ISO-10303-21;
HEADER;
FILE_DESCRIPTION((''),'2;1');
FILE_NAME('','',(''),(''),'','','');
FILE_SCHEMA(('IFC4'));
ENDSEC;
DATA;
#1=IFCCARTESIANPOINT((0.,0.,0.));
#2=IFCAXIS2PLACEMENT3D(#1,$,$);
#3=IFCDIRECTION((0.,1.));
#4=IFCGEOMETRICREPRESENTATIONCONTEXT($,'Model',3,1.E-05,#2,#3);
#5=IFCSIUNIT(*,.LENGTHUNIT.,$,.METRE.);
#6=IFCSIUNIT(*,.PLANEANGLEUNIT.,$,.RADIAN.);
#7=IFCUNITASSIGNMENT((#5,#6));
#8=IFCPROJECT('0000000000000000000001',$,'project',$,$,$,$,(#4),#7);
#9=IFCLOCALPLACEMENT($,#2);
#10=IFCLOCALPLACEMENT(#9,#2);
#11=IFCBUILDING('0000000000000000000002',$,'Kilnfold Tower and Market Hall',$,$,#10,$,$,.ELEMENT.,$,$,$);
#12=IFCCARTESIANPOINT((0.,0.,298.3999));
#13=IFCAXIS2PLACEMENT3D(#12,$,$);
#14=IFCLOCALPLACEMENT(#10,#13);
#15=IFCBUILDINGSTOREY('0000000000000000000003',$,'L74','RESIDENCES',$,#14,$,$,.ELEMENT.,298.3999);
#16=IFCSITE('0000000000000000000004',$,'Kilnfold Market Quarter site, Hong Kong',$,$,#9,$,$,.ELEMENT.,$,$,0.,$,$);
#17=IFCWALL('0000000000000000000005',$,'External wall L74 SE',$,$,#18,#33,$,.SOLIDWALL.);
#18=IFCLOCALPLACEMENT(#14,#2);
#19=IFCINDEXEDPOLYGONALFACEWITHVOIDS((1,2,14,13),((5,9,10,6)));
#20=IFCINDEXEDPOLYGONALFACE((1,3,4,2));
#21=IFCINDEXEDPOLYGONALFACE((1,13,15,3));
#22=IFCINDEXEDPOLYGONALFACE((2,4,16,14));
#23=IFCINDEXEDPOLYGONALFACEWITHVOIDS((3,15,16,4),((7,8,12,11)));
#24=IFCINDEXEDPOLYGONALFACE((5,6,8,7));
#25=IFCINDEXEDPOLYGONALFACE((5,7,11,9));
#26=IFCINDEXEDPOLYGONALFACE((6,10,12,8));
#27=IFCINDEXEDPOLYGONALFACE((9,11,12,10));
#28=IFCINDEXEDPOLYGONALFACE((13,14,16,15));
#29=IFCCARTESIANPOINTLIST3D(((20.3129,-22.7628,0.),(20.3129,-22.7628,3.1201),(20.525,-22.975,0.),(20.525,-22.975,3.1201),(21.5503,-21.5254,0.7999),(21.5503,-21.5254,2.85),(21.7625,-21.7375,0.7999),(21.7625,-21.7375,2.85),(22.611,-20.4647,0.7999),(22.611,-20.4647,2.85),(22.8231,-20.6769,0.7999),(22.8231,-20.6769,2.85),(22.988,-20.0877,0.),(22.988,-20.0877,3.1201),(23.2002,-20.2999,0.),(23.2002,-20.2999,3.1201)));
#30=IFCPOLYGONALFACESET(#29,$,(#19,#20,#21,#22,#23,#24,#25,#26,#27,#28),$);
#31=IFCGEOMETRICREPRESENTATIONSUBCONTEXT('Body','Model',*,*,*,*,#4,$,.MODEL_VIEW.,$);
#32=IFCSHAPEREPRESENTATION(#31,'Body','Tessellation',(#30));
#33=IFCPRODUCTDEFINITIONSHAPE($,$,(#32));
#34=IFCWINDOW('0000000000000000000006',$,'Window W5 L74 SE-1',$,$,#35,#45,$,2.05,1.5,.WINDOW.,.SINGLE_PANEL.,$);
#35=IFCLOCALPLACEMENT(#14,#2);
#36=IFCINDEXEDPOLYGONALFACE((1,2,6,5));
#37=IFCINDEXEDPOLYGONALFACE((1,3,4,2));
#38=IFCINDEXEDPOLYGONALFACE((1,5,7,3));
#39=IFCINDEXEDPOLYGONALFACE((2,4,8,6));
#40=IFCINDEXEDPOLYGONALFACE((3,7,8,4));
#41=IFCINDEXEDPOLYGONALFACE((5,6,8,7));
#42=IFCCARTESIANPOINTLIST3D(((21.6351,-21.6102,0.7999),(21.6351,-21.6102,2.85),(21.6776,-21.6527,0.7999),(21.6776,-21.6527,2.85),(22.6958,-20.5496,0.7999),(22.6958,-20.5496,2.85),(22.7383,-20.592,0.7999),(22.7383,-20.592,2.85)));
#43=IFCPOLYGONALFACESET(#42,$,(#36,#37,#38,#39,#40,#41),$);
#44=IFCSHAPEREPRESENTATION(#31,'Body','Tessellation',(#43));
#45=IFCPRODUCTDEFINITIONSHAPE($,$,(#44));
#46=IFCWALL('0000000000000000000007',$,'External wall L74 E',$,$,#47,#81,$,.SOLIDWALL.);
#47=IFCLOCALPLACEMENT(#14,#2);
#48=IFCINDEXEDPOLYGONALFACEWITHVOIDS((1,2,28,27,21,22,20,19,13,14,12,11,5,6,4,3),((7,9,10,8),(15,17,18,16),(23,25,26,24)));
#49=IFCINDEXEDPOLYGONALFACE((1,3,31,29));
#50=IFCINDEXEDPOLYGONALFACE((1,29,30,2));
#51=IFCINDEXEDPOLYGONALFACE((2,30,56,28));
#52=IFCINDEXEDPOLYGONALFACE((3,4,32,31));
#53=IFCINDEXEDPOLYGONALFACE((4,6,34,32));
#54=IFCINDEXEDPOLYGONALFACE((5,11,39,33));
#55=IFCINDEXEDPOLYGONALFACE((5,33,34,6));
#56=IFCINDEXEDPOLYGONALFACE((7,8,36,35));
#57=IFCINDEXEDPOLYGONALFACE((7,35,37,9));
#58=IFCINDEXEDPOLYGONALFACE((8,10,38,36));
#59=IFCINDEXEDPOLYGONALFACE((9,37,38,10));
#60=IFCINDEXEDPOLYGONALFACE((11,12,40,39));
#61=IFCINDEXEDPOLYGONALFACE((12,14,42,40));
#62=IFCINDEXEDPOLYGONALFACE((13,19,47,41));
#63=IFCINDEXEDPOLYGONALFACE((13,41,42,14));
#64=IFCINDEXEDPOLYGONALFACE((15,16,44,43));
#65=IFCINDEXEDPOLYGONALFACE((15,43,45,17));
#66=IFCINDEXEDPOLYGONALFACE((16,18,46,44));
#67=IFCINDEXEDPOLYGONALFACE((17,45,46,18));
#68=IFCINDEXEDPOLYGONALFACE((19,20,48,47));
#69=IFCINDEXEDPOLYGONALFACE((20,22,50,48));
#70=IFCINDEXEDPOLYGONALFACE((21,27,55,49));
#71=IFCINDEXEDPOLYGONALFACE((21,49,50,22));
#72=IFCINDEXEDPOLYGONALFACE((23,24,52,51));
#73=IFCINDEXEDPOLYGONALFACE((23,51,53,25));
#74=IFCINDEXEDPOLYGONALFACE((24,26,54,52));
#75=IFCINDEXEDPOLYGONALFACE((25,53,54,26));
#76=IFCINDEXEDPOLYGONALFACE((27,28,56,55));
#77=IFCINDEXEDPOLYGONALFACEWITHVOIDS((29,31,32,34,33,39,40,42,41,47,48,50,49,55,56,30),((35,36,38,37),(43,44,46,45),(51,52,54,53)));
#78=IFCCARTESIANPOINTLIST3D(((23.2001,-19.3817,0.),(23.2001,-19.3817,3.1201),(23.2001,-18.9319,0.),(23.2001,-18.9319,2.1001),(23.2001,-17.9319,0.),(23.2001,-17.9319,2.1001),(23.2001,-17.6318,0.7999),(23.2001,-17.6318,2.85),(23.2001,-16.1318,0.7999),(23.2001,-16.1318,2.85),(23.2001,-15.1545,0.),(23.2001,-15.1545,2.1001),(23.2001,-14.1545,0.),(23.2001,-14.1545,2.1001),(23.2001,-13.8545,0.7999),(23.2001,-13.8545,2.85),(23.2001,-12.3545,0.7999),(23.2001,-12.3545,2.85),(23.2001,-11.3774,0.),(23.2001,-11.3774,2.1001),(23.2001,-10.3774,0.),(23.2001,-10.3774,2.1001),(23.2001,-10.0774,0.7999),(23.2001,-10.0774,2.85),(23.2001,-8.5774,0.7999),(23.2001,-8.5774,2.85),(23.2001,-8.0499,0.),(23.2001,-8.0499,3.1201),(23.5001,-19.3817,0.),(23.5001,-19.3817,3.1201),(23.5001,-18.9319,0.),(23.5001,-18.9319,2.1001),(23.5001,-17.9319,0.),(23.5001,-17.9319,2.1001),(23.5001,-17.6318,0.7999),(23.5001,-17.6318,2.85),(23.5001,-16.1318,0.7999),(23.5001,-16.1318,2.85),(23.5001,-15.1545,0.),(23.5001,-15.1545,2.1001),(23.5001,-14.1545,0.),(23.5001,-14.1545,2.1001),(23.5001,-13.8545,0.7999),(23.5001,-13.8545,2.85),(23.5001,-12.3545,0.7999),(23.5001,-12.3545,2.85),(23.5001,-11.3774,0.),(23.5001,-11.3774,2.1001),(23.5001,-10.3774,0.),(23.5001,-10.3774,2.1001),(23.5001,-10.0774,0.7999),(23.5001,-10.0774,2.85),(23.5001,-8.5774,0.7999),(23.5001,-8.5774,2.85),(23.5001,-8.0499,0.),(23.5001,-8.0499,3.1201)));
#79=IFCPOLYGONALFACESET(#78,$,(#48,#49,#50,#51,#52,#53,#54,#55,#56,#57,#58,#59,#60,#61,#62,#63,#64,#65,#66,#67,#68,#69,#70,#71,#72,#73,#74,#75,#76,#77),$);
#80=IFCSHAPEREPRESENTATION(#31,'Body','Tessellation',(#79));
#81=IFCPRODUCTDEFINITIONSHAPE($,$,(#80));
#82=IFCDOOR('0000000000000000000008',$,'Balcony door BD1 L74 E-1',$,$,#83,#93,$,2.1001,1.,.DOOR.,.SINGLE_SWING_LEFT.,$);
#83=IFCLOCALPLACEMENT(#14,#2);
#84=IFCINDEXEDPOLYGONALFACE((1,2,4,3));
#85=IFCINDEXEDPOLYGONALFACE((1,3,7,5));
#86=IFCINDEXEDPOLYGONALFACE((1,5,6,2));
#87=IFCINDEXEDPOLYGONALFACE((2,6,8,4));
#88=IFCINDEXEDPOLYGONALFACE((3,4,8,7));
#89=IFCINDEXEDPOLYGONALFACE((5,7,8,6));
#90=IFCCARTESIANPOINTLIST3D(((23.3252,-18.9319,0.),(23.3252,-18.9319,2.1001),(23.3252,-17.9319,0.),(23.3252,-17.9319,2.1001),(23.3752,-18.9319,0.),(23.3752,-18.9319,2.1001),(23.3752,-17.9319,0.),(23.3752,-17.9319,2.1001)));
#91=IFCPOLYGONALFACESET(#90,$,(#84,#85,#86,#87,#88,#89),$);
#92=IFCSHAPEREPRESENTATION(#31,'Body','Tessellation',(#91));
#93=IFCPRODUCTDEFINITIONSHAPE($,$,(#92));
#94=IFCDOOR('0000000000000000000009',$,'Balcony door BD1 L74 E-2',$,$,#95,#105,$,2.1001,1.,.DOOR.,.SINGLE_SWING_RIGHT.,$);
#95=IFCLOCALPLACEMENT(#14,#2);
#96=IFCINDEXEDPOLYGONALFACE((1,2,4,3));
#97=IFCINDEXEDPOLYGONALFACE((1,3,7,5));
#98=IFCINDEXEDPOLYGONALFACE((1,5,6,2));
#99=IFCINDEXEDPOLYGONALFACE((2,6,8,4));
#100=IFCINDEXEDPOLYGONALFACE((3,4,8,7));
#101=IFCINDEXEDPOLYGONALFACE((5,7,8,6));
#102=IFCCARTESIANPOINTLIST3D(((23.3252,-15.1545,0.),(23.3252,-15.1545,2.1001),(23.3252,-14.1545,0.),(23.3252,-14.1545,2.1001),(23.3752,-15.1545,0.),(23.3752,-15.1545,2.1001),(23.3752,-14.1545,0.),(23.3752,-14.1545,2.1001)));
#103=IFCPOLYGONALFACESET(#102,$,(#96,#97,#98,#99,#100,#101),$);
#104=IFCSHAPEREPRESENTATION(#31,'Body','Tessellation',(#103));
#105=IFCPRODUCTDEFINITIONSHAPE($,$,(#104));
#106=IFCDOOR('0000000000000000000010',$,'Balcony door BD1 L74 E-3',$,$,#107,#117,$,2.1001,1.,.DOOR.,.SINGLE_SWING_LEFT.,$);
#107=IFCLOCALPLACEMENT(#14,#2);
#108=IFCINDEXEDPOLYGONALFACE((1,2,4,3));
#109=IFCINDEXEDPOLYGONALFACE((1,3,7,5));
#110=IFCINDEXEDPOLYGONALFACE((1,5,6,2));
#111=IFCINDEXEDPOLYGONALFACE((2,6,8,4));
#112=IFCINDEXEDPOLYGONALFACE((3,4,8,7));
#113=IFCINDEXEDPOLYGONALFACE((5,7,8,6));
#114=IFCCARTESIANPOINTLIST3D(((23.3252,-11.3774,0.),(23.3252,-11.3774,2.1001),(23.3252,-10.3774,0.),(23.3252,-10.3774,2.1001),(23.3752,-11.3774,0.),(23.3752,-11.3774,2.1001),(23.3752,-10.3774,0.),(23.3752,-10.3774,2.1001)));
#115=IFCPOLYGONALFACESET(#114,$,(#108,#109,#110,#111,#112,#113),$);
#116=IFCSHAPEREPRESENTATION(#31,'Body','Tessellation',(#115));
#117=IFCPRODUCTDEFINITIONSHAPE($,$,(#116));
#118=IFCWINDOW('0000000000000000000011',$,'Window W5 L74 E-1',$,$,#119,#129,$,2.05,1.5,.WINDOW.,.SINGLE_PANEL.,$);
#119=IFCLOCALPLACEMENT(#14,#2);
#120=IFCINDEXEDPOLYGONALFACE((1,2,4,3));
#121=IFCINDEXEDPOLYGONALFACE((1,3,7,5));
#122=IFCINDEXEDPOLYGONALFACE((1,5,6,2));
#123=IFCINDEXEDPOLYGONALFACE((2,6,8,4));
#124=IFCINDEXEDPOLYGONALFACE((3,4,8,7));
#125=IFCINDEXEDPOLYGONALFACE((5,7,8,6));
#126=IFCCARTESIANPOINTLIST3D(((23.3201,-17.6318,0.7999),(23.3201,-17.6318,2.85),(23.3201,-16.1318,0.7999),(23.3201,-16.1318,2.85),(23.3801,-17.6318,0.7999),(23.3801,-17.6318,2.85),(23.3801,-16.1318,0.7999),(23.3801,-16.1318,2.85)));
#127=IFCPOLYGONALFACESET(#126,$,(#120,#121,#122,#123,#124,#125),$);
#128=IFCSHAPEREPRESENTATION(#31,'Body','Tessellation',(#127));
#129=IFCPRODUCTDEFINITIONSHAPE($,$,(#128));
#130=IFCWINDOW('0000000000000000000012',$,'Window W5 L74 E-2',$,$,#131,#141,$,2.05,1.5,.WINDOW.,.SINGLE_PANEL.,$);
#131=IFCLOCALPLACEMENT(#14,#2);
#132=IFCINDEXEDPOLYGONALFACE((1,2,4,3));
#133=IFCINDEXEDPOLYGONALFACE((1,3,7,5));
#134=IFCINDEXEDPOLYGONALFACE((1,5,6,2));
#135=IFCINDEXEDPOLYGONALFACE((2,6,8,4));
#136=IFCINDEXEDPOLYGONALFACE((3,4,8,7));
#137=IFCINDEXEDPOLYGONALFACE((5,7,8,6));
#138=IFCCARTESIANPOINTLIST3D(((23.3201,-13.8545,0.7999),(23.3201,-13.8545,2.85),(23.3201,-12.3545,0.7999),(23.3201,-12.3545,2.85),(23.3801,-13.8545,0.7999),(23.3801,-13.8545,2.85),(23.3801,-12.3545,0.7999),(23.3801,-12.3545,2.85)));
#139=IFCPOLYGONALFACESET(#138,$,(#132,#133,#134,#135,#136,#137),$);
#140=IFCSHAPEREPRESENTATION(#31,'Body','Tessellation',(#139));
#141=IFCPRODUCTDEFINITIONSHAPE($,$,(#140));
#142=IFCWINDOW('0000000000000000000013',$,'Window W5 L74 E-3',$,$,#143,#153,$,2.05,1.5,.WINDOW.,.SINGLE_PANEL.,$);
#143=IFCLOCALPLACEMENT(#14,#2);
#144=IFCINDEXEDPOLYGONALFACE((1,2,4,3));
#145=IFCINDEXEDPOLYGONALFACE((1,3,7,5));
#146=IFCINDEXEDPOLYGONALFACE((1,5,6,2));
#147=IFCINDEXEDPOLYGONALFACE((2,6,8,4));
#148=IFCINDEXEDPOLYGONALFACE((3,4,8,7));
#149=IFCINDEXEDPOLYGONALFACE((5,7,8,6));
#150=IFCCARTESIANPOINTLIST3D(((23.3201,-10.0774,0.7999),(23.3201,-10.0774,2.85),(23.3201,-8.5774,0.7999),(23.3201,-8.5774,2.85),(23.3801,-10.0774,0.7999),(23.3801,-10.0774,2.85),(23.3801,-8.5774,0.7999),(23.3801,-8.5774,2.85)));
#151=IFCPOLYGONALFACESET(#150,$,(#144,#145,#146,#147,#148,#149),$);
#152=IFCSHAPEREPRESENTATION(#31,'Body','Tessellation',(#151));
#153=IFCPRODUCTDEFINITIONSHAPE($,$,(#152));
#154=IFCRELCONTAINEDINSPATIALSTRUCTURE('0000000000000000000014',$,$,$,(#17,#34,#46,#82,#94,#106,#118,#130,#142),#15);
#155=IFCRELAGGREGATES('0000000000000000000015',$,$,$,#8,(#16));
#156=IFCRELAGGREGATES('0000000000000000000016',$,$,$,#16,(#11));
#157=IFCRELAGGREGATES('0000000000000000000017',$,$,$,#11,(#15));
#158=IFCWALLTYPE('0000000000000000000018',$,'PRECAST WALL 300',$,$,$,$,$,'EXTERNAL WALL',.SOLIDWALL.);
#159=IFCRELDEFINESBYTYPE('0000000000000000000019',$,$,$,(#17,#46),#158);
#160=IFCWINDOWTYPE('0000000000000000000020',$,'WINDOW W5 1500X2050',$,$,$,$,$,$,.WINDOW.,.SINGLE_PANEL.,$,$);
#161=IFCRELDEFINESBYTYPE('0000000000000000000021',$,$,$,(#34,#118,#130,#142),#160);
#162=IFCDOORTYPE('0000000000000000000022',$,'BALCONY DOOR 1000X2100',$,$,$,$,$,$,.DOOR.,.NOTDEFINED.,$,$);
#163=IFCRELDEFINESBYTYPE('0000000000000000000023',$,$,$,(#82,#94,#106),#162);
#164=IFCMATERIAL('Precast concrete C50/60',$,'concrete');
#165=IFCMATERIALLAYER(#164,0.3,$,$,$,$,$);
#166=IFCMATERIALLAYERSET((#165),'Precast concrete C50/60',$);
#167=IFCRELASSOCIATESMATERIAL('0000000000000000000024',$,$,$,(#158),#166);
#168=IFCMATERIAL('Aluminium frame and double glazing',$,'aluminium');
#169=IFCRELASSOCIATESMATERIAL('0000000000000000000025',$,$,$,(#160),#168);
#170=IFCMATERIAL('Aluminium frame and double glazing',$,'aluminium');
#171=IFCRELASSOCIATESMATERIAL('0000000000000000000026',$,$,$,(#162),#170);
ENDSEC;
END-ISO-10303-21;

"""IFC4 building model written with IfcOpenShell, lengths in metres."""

from ifc_helpers import new_model, si_unit, direction, frame, frame_2d, origin, place, context, subcontext, project, spatial, rectangle, extrude, source, transform, mapped, material, layer, layer_set, type_object, element, fill, save


model = new_model("IFC4")

# Units and contexts
model_context = context("Model", 3, precision=1e-05, world=origin(), true_north=direction((0.0, 1.0)))
body_context = subcontext(model_context, "Body", "Model", "MODEL_VIEW")
ifc_project = project(units=[si_unit("LENGTHUNIT", "METRE"), si_unit("PLANEANGLEUNIT", "RADIAN")], contexts=[model_context])

# Site, building, storey
site_placement = place(None, origin())
site = spatial("IfcSite", under=ifc_project, at=site_placement, Name="Kilnfold Market Quarter site, Hong Kong", CompositionType="ELEMENT", RefElevation=0.0)
building_placement = place(site_placement, origin())
building = spatial("IfcBuilding", under=site, at=building_placement, Name="Kilnfold Tower and Market Hall", CompositionType="ELEMENT")
storey_placement = place(building_placement, frame((0.0, 0.0, 298.3999)))
storey = spatial("IfcBuildingStorey", under=building, at=storey_placement, Name="L74", Description="RESIDENCES", CompositionType="ELEMENT", Elevation=298.3999)

# Wall, opening, window
ifc_material_1 = material(Name="Precast concrete C50/60", Category="concrete")
ifc_layer_1 = layer(ifc_material_1, 0.3)
ifc_layer_set_1 = layer_set([ifc_layer_1], Name="Precast concrete C50/60")
wall_type_1 = type_object("IfcWallType", Name="PRECAST WALL 300", ElementType="EXTERNAL WALL", PredefinedType="SOLIDWALL", material=ifc_layer_set_1)
shared_shape_1 = source(origin(), body_context, "Body", "SweptSolid", [
    extrude(rectangle(XDim=3.7832, YDim=0.3, at=frame_2d((1.8916, 0.0))), origin(), (0.0, 0.0, 1.0), 3.1201),
])
wall_1_placement = place(storey_placement, frame((20.4189, -22.8689, 0.0), z_axis=(0.0, 0.0, 1.0), x_axis=(0.707107, 0.707107, 0.0)))
wall_1 = element("IfcWall", 1, at=wall_1_placement, inside=storey, type_object=wall_type_1, Name="External wall L74 SE", PredefinedType="SOLIDWALL", context=body_context, shape_type="MappedRepresentation", body=[
    mapped(shared_shape_1, transform((0.0, 0.0, 0.0))),
])
opening_1_placement = place(wall_1_placement, frame((1.75, 0.0, 0.8)))
opening_1 = element("IfcOpeningElement", 2, at=opening_1_placement, cuts=wall_1, PredefinedType="OPENING", context=body_context, shape_type="SweptSolid", body=[
    extrude(rectangle(XDim=1.5, YDim=2.05, at=frame_2d((0.75, 1.0249))), frame((0.0, 0.1602, 0.0), z_axis=(0.0, -1.0, 0.0), x_axis=(1.0, 0.0, 0.0)), (0.0, 0.0, 1.0), 0.3201),
])
ifc_material_2 = material(Name="Aluminium frame and double glazing", Category="aluminium")
window_type = type_object("IfcWindowType", Name="WINDOW W5 1500X2050", PartitioningType="SINGLE_PANEL", PredefinedType="WINDOW", material=ifc_material_2)
window_1_placement = place(opening_1_placement, origin())
window_1 = element("IfcWindow", 3, at=window_1_placement, inside=storey, type_object=window_type, Name="Window W5 L74 SE-1", OverallHeight=2.05, OverallWidth=1.5, PartitioningType="SINGLE_PANEL", PredefinedType="WINDOW", context=body_context, shape_type="SweptSolid", body=[
    extrude(rectangle(XDim=1.5, YDim=2.05, at=frame_2d((0.75, 1.0249))), frame((0.0, 0.03, 0.0), z_axis=(0.0, -1.0, 0.0), x_axis=(1.0, 0.0, 0.0)), (0.0, 0.0, 1.0), 0.0601),
])
fill(opening_1, window_1)

# Wall, openings, doors, windows
shared_shape_2 = source(origin(), body_context, "Body", "SweptSolid", [
    extrude(rectangle(XDim=11.3318, YDim=0.3, at=frame_2d((5.666, 0.0))), origin(), (0.0, 0.0, 1.0), 3.1201),
])
wall_2_placement = place(storey_placement, frame((23.3501, -19.3818, 0.0), z_axis=(0.0, 0.0, 1.0), x_axis=(0.0, 1.0, 0.0)))
wall_2 = element("IfcWall", 4, at=wall_2_placement, inside=storey, type_object=wall_type_1, Name="External wall L74 E", PredefinedType="SOLIDWALL", context=body_context, shape_type="MappedRepresentation", body=[
    mapped(shared_shape_2, transform((0.0, 0.0, 0.0))),
])
opening_2_placement = place(wall_2_placement, frame((1.75, 0.0, 0.8)))
opening_2 = element("IfcOpeningElement", 5, at=opening_2_placement, cuts=wall_2, PredefinedType="OPENING", context=body_context, shape_type="SweptSolid", body=[
    extrude(rectangle(XDim=1.5, YDim=2.05, at=frame_2d((0.75, 1.0249))), frame((0.0, 0.1602, 0.0), z_axis=(0.0, -1.0, 0.0), x_axis=(1.0, 0.0, 0.0)), (0.0, 0.0, 1.0), 0.3201),
])
opening_3_placement = place(wall_2_placement, frame((0.45, 0.0, 0.0)))
opening_3 = element("IfcOpeningElement", 6, at=opening_3_placement, cuts=wall_2, PredefinedType="OPENING", context=body_context, shape_type="SweptSolid", body=[
    extrude(rectangle(XDim=1.0, YDim=2.1001, at=frame_2d((0.5, 1.05))), frame((0.0, 0.1602, 0.0), z_axis=(0.0, -1.0, 0.0), x_axis=(1.0, 0.0, 0.0)), (0.0, 0.0, 1.0), 0.3201),
])
opening_4_placement = place(wall_2_placement, frame((5.5273, 0.0, 0.8)))
opening_4 = element("IfcOpeningElement", 7, at=opening_4_placement, cuts=wall_2, PredefinedType="OPENING", context=body_context, shape_type="SweptSolid", body=[
    extrude(rectangle(XDim=1.5, YDim=2.05, at=frame_2d((0.75, 1.0249))), frame((0.0, 0.1602, 0.0), z_axis=(0.0, -1.0, 0.0), x_axis=(1.0, 0.0, 0.0)), (0.0, 0.0, 1.0), 0.3201),
])
opening_5_placement = place(wall_2_placement, frame((4.2273, 0.0, 0.0)))
opening_5 = element("IfcOpeningElement", 8, at=opening_5_placement, cuts=wall_2, PredefinedType="OPENING", context=body_context, shape_type="SweptSolid", body=[
    extrude(rectangle(XDim=1.0, YDim=2.1001, at=frame_2d((0.5, 1.05))), frame((0.0, 0.1602, 0.0), z_axis=(0.0, -1.0, 0.0), x_axis=(1.0, 0.0, 0.0)), (0.0, 0.0, 1.0), 0.3201),
])
opening_6_placement = place(wall_2_placement, frame((9.3044, 0.0, 0.8)))
opening_6 = element("IfcOpeningElement", 9, at=opening_6_placement, cuts=wall_2, PredefinedType="OPENING", context=body_context, shape_type="SweptSolid", body=[
    extrude(rectangle(XDim=1.5, YDim=2.05, at=frame_2d((0.75, 1.0249))), frame((0.0, 0.1602, 0.0), z_axis=(0.0, -1.0, 0.0), x_axis=(1.0, 0.0, 0.0)), (0.0, 0.0, 1.0), 0.3201),
])
opening_7_placement = place(wall_2_placement, frame((8.0044, 0.0, 0.0)))
opening_7 = element("IfcOpeningElement", 10, at=opening_7_placement, cuts=wall_2, PredefinedType="OPENING", context=body_context, shape_type="SweptSolid", body=[
    extrude(rectangle(XDim=1.0, YDim=2.1001, at=frame_2d((0.5, 1.05))), frame((0.0, 0.1602, 0.0), z_axis=(0.0, -1.0, 0.0), x_axis=(1.0, 0.0, 0.0)), (0.0, 0.0, 1.0), 0.3201),
])
ifc_material_3 = material(Name="Aluminium frame and double glazing", Category="aluminium")
door_type_1 = type_object("IfcDoorType", Name="BALCONY DOOR 1000X2100", OperationType="NOTDEFINED", PredefinedType="DOOR", material=ifc_material_3)
door_1_placement = place(opening_3_placement, origin())
door_1 = element("IfcDoor", 11, at=door_1_placement, inside=storey, type_object=door_type_1, Name="Balcony door BD1 L74 E-1", OperationType="SINGLE_SWING_LEFT", OverallHeight=2.1001, OverallWidth=1.0, PredefinedType="DOOR", context=body_context, shape_type="SweptSolid", body=[
    extrude(rectangle(XDim=1.0, YDim=2.1001, at=frame_2d((0.5, 1.05))), frame((0.0, 0.0249, 0.0), z_axis=(0.0, -1.0, 0.0), x_axis=(1.0, 0.0, 0.0)), (0.0, 0.0, 1.0), 0.05),
])
fill(opening_3, door_1)
door_2_placement = place(opening_5_placement, origin())
door_2 = element("IfcDoor", 12, at=door_2_placement, inside=storey, type_object=door_type_1, Name="Balcony door BD1 L74 E-2", OperationType="SINGLE_SWING_RIGHT", OverallHeight=2.1001, OverallWidth=1.0, PredefinedType="DOOR", context=body_context, shape_type="SweptSolid", body=[
    extrude(rectangle(XDim=1.0, YDim=2.1001, at=frame_2d((0.5, 1.05))), frame((0.0, 0.0249, 0.0), z_axis=(0.0, -1.0, 0.0), x_axis=(1.0, 0.0, 0.0)), (0.0, 0.0, 1.0), 0.05),
])
fill(opening_5, door_2)
door_3_placement = place(opening_7_placement, origin())
door_3 = element("IfcDoor", 13, at=door_3_placement, inside=storey, type_object=door_type_1, Name="Balcony door BD1 L74 E-3", OperationType="SINGLE_SWING_LEFT", OverallHeight=2.1001, OverallWidth=1.0, PredefinedType="DOOR", context=body_context, shape_type="SweptSolid", body=[
    extrude(rectangle(XDim=1.0, YDim=2.1001, at=frame_2d((0.5, 1.05))), frame((0.0, 0.0249, 0.0), z_axis=(0.0, -1.0, 0.0), x_axis=(1.0, 0.0, 0.0)), (0.0, 0.0, 1.0), 0.05),
])
fill(opening_7, door_3)
window_2_placement = place(opening_2_placement, origin())
window_2 = element("IfcWindow", 14, at=window_2_placement, inside=storey, type_object=window_type, Name="Window W5 L74 E-1", OverallHeight=2.05, OverallWidth=1.5, PartitioningType="SINGLE_PANEL", PredefinedType="WINDOW", context=body_context, shape_type="SweptSolid", body=[
    extrude(rectangle(XDim=1.5, YDim=2.05, at=frame_2d((0.75, 1.0249))), frame((0.0, 0.03, 0.0), z_axis=(0.0, -1.0, 0.0), x_axis=(1.0, 0.0, 0.0)), (0.0, 0.0, 1.0), 0.0601),
])
fill(opening_2, window_2)
window_3_placement = place(opening_4_placement, origin())
window_3 = element("IfcWindow", 15, at=window_3_placement, inside=storey, type_object=window_type, Name="Window W5 L74 E-2", OverallHeight=2.05, OverallWidth=1.5, PartitioningType="SINGLE_PANEL", PredefinedType="WINDOW", context=body_context, shape_type="SweptSolid", body=[
    extrude(rectangle(XDim=1.5, YDim=2.05, at=frame_2d((0.75, 1.0249))), frame((0.0, 0.03, 0.0), z_axis=(0.0, -1.0, 0.0), x_axis=(1.0, 0.0, 0.0)), (0.0, 0.0, 1.0), 0.0601),
])
fill(opening_4, window_3)
window_4_placement = place(opening_6_placement, origin())
window_4 = element("IfcWindow", 16, at=window_4_placement, inside=storey, type_object=window_type, Name="Window W5 L74 E-3", OverallHeight=2.05, OverallWidth=1.5, PartitioningType="SINGLE_PANEL", PredefinedType="WINDOW", context=body_context, shape_type="SweptSolid", body=[
    extrude(rectangle(XDim=1.5, YDim=2.05, at=frame_2d((0.75, 1.0249))), frame((0.0, 0.03, 0.0), z_axis=(0.0, -1.0, 0.0), x_axis=(1.0, 0.0, 0.0)), (0.0, 0.0, 1.0), 0.0601),
])
fill(opening_6, window_4)

save(model, "model.ifc")
